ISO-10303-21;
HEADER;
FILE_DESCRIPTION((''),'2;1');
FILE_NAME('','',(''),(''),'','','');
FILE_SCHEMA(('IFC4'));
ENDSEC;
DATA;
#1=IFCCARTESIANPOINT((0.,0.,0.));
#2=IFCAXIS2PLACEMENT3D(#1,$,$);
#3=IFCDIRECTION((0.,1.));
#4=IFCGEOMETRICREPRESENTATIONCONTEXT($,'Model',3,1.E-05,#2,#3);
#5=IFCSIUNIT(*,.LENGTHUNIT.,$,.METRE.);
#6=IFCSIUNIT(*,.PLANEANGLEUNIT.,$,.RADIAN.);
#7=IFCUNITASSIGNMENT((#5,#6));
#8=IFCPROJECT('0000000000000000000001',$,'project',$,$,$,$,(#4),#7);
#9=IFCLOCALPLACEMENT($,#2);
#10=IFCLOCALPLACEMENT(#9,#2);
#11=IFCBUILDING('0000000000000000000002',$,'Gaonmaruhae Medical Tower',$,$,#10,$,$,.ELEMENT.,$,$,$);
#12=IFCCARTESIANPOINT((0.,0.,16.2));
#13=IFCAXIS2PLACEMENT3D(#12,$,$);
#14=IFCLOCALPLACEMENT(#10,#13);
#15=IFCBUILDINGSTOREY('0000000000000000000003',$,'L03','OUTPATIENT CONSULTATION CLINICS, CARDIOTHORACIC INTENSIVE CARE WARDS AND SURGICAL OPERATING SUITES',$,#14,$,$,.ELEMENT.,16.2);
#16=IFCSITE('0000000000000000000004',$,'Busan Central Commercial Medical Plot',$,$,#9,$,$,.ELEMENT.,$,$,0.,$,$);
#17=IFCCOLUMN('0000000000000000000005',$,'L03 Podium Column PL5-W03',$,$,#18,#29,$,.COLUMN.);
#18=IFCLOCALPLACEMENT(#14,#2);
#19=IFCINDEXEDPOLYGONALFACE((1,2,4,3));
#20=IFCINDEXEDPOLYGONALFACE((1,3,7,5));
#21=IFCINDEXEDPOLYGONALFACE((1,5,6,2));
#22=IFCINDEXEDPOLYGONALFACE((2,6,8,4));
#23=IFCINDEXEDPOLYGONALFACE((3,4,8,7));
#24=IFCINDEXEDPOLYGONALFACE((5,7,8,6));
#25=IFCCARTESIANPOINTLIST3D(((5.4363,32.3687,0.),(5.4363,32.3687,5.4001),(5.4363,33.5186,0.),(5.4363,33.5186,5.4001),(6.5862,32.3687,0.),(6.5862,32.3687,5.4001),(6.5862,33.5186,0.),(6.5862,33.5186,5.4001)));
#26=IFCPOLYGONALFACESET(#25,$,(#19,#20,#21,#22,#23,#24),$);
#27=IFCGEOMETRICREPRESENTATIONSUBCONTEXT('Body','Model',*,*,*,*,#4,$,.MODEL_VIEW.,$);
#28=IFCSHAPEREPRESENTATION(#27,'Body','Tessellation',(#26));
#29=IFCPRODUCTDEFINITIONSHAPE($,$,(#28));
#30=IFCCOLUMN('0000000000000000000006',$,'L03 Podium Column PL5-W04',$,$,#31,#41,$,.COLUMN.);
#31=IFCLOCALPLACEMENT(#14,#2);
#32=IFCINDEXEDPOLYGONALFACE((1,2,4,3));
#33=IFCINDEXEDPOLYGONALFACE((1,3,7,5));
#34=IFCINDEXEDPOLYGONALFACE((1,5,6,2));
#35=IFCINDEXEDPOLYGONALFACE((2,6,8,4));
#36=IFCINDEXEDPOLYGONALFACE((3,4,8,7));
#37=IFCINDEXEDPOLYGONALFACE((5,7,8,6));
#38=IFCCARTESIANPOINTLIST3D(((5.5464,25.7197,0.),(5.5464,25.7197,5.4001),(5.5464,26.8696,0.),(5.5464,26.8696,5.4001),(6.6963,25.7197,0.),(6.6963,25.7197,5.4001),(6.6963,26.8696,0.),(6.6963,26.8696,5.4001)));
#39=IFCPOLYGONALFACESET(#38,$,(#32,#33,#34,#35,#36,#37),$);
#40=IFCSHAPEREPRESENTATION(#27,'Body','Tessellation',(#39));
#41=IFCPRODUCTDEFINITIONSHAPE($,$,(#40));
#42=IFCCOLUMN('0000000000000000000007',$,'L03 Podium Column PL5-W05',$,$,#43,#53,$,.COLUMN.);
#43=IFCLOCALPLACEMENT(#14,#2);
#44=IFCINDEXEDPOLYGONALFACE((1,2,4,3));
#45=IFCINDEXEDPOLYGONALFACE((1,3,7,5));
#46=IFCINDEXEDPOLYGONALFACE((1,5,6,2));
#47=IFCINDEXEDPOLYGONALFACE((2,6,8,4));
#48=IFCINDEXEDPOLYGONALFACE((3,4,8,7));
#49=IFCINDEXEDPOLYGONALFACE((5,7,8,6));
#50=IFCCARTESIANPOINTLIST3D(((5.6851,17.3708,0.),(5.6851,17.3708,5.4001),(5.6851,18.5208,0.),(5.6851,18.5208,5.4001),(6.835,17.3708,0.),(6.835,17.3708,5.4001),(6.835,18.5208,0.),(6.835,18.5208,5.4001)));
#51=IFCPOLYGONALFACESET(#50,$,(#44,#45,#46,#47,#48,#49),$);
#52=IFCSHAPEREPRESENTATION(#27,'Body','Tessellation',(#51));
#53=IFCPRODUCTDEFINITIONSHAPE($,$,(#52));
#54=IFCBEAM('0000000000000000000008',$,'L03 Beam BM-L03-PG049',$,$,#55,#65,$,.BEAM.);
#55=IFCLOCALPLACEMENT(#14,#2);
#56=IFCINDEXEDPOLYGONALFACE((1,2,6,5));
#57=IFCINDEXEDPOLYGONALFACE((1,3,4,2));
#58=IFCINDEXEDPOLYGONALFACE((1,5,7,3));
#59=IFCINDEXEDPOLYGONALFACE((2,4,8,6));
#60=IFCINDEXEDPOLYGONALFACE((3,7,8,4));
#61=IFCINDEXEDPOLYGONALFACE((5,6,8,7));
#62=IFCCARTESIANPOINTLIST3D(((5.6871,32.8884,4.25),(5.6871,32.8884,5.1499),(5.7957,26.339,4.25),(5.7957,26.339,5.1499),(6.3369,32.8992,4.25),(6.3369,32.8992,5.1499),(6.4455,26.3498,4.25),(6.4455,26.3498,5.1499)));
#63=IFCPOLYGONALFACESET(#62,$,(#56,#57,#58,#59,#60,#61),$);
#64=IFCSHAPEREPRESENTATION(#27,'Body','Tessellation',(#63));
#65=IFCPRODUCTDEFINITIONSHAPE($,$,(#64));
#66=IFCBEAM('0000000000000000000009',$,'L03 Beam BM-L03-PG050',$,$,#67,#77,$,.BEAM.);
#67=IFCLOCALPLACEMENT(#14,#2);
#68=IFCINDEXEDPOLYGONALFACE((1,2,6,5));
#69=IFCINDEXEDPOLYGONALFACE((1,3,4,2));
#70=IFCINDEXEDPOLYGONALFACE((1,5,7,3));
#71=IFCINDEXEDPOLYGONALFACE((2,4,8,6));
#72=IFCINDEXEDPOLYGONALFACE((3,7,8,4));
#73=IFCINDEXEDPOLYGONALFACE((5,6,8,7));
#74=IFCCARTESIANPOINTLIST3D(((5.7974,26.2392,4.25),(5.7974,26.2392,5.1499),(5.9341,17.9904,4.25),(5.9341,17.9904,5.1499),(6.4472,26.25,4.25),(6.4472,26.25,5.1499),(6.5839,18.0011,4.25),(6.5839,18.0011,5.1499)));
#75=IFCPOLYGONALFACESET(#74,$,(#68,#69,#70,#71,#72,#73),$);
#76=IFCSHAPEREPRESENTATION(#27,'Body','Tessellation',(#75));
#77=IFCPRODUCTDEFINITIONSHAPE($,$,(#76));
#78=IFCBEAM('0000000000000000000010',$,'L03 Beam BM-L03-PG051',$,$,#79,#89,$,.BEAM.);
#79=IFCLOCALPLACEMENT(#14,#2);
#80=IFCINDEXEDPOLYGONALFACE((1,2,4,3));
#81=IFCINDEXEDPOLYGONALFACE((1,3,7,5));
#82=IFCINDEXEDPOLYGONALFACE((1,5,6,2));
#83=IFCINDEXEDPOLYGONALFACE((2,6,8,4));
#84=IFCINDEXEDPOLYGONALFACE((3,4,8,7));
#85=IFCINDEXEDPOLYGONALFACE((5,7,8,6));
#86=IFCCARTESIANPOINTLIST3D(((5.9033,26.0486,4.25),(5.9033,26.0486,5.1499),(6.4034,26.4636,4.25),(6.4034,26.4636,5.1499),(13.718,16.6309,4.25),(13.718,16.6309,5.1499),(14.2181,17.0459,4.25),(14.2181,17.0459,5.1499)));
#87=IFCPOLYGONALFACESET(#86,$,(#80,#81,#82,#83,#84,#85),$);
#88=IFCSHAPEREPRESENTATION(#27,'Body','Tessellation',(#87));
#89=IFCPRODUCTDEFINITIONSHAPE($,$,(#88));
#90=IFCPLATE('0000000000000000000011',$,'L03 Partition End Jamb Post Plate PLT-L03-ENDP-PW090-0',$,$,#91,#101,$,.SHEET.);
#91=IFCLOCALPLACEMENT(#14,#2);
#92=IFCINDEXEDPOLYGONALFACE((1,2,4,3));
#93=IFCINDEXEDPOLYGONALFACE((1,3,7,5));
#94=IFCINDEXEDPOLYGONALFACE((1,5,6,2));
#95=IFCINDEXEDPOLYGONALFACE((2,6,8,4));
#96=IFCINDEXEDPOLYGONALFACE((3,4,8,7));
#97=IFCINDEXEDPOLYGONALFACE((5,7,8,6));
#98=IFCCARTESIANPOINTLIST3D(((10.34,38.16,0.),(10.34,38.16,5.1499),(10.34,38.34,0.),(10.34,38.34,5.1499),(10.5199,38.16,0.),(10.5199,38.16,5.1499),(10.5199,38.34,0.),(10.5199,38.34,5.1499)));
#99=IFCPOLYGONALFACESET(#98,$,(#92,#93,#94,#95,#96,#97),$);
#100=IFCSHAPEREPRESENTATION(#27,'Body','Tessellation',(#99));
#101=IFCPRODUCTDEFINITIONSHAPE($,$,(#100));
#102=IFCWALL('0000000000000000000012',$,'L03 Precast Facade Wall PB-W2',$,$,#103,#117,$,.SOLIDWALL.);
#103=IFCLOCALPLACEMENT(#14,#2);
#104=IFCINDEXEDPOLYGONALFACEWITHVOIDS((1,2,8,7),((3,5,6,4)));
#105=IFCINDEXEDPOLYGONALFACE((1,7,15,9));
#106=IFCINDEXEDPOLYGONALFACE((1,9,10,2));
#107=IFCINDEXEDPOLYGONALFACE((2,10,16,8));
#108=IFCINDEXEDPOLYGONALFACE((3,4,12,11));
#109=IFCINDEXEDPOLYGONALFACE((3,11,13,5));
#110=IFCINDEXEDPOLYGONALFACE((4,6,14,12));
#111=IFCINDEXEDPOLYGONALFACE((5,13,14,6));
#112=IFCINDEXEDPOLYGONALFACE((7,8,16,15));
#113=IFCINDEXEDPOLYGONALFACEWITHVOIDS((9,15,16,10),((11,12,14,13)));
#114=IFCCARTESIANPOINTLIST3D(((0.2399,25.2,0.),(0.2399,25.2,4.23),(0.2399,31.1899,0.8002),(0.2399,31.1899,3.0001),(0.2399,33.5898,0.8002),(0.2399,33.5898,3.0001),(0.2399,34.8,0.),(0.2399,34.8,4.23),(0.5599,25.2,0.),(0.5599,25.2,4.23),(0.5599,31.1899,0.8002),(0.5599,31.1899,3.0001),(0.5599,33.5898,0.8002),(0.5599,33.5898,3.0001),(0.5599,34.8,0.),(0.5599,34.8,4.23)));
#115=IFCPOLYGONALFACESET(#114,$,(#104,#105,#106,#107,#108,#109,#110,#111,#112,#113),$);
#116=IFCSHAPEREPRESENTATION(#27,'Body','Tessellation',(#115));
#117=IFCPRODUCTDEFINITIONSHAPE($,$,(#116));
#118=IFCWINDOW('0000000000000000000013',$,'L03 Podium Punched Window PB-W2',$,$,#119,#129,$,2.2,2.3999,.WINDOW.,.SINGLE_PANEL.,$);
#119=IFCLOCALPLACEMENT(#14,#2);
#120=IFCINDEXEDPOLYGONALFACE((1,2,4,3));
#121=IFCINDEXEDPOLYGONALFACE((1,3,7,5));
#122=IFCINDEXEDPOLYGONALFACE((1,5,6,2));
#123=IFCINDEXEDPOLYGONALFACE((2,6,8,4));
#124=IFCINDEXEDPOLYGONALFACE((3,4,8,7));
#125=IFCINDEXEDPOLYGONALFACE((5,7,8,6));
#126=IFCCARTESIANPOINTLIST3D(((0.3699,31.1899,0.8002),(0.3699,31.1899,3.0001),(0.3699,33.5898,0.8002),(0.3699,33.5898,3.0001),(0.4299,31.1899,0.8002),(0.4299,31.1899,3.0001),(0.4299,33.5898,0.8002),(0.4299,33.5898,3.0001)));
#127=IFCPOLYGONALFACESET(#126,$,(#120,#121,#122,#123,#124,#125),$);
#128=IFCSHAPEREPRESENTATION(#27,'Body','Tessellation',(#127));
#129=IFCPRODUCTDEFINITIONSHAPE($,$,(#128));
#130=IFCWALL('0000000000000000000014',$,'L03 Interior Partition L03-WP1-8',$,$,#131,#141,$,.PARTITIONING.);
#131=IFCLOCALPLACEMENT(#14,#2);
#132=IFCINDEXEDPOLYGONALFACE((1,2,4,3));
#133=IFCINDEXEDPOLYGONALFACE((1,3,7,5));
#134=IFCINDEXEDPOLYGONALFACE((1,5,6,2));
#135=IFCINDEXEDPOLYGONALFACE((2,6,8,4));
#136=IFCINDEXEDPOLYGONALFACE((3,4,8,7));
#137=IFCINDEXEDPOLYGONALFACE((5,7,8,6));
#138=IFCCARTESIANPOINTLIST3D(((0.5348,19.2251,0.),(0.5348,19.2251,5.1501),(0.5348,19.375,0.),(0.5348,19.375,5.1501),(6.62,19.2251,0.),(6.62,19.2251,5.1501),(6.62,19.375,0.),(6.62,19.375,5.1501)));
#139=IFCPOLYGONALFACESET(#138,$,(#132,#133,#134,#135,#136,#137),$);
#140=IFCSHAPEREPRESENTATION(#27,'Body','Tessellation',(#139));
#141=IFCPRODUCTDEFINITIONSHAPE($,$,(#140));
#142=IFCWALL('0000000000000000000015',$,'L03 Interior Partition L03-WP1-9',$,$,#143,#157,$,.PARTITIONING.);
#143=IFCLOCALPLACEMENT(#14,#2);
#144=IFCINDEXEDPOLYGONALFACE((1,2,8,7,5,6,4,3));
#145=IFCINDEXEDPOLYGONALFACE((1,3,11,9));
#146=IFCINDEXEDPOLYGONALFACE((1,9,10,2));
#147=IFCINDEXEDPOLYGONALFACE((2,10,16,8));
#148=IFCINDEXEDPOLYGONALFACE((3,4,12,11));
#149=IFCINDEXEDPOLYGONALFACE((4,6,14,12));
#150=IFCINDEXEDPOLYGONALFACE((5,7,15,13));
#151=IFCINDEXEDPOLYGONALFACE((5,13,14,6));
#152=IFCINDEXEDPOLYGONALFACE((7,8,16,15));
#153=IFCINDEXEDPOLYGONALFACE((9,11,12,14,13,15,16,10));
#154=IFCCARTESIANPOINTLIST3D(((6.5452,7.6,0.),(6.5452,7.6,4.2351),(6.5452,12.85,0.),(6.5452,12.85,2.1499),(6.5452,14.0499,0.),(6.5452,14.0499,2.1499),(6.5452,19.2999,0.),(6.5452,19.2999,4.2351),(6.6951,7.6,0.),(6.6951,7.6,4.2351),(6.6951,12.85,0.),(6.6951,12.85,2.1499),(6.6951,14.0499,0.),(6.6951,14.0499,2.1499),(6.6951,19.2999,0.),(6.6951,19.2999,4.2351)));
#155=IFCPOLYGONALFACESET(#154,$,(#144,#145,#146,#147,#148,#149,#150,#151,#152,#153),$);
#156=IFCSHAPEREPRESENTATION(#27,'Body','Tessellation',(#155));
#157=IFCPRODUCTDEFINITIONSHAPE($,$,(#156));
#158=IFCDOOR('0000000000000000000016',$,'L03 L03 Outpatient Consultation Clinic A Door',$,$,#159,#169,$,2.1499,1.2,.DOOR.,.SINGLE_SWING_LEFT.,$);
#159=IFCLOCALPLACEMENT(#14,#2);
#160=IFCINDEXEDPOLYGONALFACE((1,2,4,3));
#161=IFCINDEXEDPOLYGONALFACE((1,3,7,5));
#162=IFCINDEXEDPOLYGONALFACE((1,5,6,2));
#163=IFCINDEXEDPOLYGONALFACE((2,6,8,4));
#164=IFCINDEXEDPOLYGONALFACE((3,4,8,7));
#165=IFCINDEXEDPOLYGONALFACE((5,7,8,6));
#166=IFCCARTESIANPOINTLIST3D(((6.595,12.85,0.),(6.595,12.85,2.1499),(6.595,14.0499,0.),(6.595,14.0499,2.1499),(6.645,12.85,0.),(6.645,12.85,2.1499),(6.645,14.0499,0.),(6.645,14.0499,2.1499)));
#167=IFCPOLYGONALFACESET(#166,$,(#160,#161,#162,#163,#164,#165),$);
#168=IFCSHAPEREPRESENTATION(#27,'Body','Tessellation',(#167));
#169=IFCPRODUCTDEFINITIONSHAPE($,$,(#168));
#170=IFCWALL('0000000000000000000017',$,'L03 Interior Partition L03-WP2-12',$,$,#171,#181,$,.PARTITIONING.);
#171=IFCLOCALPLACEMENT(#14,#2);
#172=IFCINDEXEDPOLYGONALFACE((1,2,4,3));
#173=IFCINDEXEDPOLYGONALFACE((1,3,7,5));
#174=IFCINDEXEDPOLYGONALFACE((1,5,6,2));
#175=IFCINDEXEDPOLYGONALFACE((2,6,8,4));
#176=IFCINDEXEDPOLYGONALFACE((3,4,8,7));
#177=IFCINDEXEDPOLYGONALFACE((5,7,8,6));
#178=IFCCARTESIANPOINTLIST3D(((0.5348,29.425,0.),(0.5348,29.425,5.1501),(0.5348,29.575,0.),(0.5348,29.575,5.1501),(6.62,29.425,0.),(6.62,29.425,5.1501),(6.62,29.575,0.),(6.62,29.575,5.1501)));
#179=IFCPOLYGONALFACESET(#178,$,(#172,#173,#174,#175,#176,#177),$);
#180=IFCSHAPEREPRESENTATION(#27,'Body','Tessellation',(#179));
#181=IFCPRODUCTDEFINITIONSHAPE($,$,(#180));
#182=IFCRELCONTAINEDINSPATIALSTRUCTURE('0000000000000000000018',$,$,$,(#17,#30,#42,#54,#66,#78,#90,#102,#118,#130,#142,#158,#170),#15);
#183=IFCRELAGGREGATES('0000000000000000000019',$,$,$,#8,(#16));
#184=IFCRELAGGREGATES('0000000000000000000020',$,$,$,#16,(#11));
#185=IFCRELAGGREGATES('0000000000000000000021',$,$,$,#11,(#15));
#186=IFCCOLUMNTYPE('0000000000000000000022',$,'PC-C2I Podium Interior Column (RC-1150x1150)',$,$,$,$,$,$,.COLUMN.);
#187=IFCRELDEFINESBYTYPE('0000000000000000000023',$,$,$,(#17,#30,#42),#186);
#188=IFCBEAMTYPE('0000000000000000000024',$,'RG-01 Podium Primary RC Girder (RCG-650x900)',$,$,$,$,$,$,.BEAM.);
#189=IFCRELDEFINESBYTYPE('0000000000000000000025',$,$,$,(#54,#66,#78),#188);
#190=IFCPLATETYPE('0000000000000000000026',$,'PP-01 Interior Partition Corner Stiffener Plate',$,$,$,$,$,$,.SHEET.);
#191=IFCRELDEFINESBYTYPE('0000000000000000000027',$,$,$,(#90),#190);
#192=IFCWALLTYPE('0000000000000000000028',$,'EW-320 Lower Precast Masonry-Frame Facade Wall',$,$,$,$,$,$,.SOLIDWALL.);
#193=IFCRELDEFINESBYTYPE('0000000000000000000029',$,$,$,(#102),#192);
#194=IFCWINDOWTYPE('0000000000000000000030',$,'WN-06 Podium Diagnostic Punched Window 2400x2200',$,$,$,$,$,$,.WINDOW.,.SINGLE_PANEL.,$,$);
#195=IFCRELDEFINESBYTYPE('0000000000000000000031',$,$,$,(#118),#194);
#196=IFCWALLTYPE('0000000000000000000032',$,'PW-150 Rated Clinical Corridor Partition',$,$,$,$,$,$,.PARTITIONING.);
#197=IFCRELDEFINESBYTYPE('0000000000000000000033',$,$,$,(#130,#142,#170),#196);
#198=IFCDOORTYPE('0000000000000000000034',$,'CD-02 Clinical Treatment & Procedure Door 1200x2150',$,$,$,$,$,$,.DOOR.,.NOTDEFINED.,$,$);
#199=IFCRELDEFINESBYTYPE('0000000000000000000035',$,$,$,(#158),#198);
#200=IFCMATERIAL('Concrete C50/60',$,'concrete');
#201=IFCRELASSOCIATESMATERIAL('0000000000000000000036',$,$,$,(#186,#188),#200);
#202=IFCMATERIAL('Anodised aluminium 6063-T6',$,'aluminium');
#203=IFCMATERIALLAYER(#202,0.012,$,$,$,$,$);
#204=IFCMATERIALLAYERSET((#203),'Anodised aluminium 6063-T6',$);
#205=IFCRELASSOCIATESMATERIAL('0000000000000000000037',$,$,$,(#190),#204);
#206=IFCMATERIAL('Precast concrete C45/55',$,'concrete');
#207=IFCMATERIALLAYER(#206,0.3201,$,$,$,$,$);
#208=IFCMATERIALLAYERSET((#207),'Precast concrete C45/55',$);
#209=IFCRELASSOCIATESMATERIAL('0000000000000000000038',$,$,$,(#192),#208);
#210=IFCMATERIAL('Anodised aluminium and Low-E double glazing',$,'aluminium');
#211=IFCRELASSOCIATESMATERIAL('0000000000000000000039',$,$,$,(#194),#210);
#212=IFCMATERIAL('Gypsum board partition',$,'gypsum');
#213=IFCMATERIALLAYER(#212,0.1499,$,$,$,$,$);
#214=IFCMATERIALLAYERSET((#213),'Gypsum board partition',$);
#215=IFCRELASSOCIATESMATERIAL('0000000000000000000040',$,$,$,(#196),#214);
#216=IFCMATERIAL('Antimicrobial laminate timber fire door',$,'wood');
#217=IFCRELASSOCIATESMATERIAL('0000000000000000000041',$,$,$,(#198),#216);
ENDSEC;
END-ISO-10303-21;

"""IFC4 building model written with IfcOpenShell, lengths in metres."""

from ifc_helpers import new_model, si_unit, direction, frame, frame_2d, origin, origin_2d, place, context, subcontext, project, spatial, rectangle, extrude, material, layer, layer_set, material_profile, profile_set, type_object, element, fill, save


model = new_model("IFC4")

# Units and contexts
model_context = context("Model", 3, precision=1e-05, world=origin(), true_north=direction((0.0, 1.0)))
body_context = subcontext(model_context, "Body", "Model", "MODEL_VIEW")
ifc_project = project(units=[si_unit("LENGTHUNIT", "METRE"), si_unit("PLANEANGLEUNIT", "RADIAN")], contexts=[model_context])

# Site, building, storey
site_placement = place(None, origin())
site = spatial("IfcSite", under=ifc_project, at=site_placement, Name="Busan Central Commercial Medical Plot", CompositionType="ELEMENT", RefElevation=0.0)
building_placement = place(site_placement, origin())
building = spatial("IfcBuilding", under=site, at=building_placement, Name="Gaonmaruhae Medical Tower", CompositionType="ELEMENT")
storey_placement = place(building_placement, frame((0.0, 0.0, 16.2)))
storey = spatial("IfcBuildingStorey", under=building, at=storey_placement, Name="L03", Description="OUTPATIENT CONSULTATION CLINICS, CARDIOTHORACIC INTENSIVE CARE WARDS AND SURGICAL OPERATING SUITES", CompositionType="ELEMENT", Elevation=16.2)

# Columns
ifc_material_1 = material(Name="Concrete C50/60", Category="concrete")
ifc_material_profile_1 = material_profile(ifc_material_1, rectangle(XDim=1.1499, YDim=1.1499, at=origin_2d()), Name="RC-1150x1150")
ifc_profile_set_1 = profile_set([ifc_material_profile_1], Name="Concrete C50/60")
column_type = type_object("IfcColumnType", Name="PC-C2I Podium Interior Column (RC-1150x1150)", PredefinedType="COLUMN", material=ifc_profile_set_1)
for number, where, z_axis, x_axis, name in (
    (1, (6.0112, 32.9436, 0.0), (0.0, 0.0, 1.0), (1.0, 0.0, 0.0), "L03 Podium Column PL5-W03"),
    (2, (6.1213, 26.2947, 0.0), (0.0, 0.0, 1.0), (1.0, 0.0, 0.0), "L03 Podium Column PL5-W04"),
    (3, (6.26, 17.9458, 0.0), (0.0, 0.0, 1.0), (1.0, 0.0, 0.0), "L03 Podium Column PL5-W05"),
):
    element("IfcColumn", number, at=place(storey_placement, frame(where, z_axis=z_axis, x_axis=x_axis)), inside=storey, type_object=column_type, Name=name, PredefinedType="COLUMN", context=body_context, shape_type="SweptSolid", body=[
        extrude(rectangle(XDim=1.1499, YDim=1.1499, at=origin_2d()), origin(), (0.0, 0.0, 1.0), 5.4001),
    ])

# Beams
ifc_material_profile_2 = material_profile(ifc_material_1, rectangle(XDim=0.6499, YDim=0.8999, at=origin_2d()), Name="RCG-650x900")
ifc_profile_set_2 = profile_set([ifc_material_profile_2], Name="Concrete C50/60")
beam_type = type_object("IfcBeamType", Name="RG-01 Podium Primary RC Girder (RCG-650x900)", PredefinedType="BEAM", material=ifc_profile_set_2)
beam_1_placement = place(storey_placement, frame((6.012, 32.8938, 4.7), z_axis=(0.016586, -0.999862, 0.0), x_axis=(0.999862, 0.016586, 0.0)))
element("IfcBeam", 4, at=beam_1_placement, inside=storey, type_object=beam_type, Name="L03 Beam BM-L03-PG049", PredefinedType="BEAM", context=body_context, shape_type="SweptSolid", body=[
    extrude(rectangle(XDim=0.6499, YDim=0.8999, at=origin_2d()), origin(), (0.0, 0.0, 1.0), 6.5503),
])
beam_2_placement = place(storey_placement, frame((6.1223, 26.2446, 4.7), z_axis=(0.016572, -0.999863, 0.0), x_axis=(0.999863, 0.016572, 0.0)))
element("IfcBeam", 5, at=beam_2_placement, inside=storey, type_object=beam_type, Name="L03 Beam BM-L03-PG050", PredefinedType="BEAM", context=body_context, shape_type="SweptSolid", body=[
    extrude(rectangle(XDim=0.6499, YDim=0.8999, at=origin_2d()), origin(), (0.0, 0.0, 1.0), 8.25),
])
beam_3_placement = place(storey_placement, frame((6.1533, 26.2561, 4.7), z_axis=(0.638572, -0.769562, 0.0), x_axis=(0.769562, 0.638572, 0.0)))
element("IfcBeam", 6, at=beam_3_placement, inside=storey, type_object=beam_type, Name="L03 Beam BM-L03-PG051", PredefinedType="BEAM", context=body_context, shape_type="SweptSolid", body=[
    extrude(rectangle(XDim=0.6499, YDim=0.8999, at=origin_2d()), origin(), (0.0, 0.0, 1.0), 12.2378),
])

# Plate
ifc_material_2 = material(Name="Anodised aluminium 6063-T6", Category="aluminium")
ifc_layer_1 = layer(ifc_material_2, 0.012)
ifc_layer_set_1 = layer_set([ifc_layer_1], Name="Anodised aluminium 6063-T6")
plate_type = type_object("IfcPlateType", Name="PP-01 Interior Partition Corner Stiffener Plate", PredefinedType="SHEET", material=ifc_layer_set_1)
plate_placement = place(storey_placement, frame((10.4299, 38.25, 0.0), z_axis=(0.0, 0.0, 1.0), x_axis=(-1.0, 0.0, 0.0)))
element("IfcPlate", 7, at=plate_placement, inside=storey, type_object=plate_type, Name="L03 Partition End Jamb Post Plate PLT-L03-ENDP-PW090-0", PredefinedType="SHEET", context=body_context, shape_type="SweptSolid", body=[
    extrude(rectangle(XDim=0.1799, YDim=0.1799, at=origin_2d()), origin(), (0.0, 0.0, 1.0), 5.1499),
])

# Wall, opening, window
ifc_material_3 = material(Name="Precast concrete C45/55", Category="concrete")
ifc_layer_2 = layer(ifc_material_3, 0.3201)
ifc_layer_set_2 = layer_set([ifc_layer_2], Name="Precast concrete C45/55")
wall_type_1 = type_object("IfcWallType", Name="EW-320 Lower Precast Masonry-Frame Facade Wall", PredefinedType="SOLIDWALL", material=ifc_layer_set_2)
wall_1_placement = place(storey_placement, frame((0.3999, 25.2, 0.0), z_axis=(0.0, 0.0, 1.0), x_axis=(0.0, 1.0, 0.0)))
wall_1 = element("IfcWall", 8, at=wall_1_placement, inside=storey, type_object=wall_type_1, Name="L03 Precast Facade Wall PB-W2", PredefinedType="SOLIDWALL", context=body_context, shape_type="SweptSolid", body=[
    extrude(rectangle(XDim=9.6001, YDim=0.3201, at=frame_2d((4.8, 0.0))), origin(), (0.0, 0.0, 1.0), 4.23),
])
opening_1_placement = place(wall_1_placement, frame((5.99, 0.0, 0.8)))
opening_1 = element("IfcOpeningElement", 9, at=opening_1_placement, cuts=wall_1, PredefinedType="OPENING", context=body_context, shape_type="SweptSolid", body=[
    extrude(rectangle(XDim=2.3999, YDim=2.2, at=frame_2d((1.2, 1.1001))), frame((0.0, 0.1699, 0.0), z_axis=(0.0, -1.0, 0.0), x_axis=(1.0, 0.0, 0.0)), (0.0, 0.0, 1.0), 0.3401),
])
ifc_material_4 = material(Name="Anodised aluminium and Low-E double glazing", Category="aluminium")
window_type = type_object("IfcWindowType", Name="WN-06 Podium Diagnostic Punched Window 2400x2200", PartitioningType="SINGLE_PANEL", PredefinedType="WINDOW", material=ifc_material_4)
window_placement = place(opening_1_placement, origin())
window = element("IfcWindow", 10, at=window_placement, inside=storey, type_object=window_type, Name="L03 Podium Punched Window PB-W2", OverallHeight=2.2, OverallWidth=2.3999, PartitioningType="SINGLE_PANEL", PredefinedType="WINDOW", context=body_context, shape_type="SweptSolid", body=[
    extrude(rectangle(XDim=2.3999, YDim=2.2, at=frame_2d((1.2, 1.1001))), frame((0.0, 0.03, 0.0), z_axis=(0.0, -1.0, 0.0), x_axis=(1.0, 0.0, 0.0)), (0.0, 0.0, 1.0), 0.0601),
])
fill(opening_1, window)

# Wall
ifc_material_5 = material(Name="Gypsum board partition", Category="gypsum")
ifc_layer_3 = layer(ifc_material_5, 0.1499)
ifc_layer_set_3 = layer_set([ifc_layer_3], Name="Gypsum board partition")
wall_type_2 = type_object("IfcWallType", Name="PW-150 Rated Clinical Corridor Partition", PredefinedType="PARTITIONING", material=ifc_layer_set_3)
wall_2_placement = place(storey_placement, frame((0.5349, 19.3, 0.0), z_axis=(0.0, 0.0, 1.0), x_axis=(1.0, 0.0, 0.0)))
element("IfcWall", 11, at=wall_2_placement, inside=storey, type_object=wall_type_2, Name="L03 Interior Partition L03-WP1-8", PredefinedType="PARTITIONING", context=body_context, shape_type="SweptSolid", body=[
    extrude(rectangle(XDim=6.0852, YDim=0.1499, at=frame_2d((3.0425, 0.0))), origin(), (0.0, 0.0, 1.0), 5.1501),
])

# Wall, opening, door
wall_3_placement = place(storey_placement, frame((6.6201, 19.3, 0.0), z_axis=(0.0, 0.0, 1.0), x_axis=(0.0, -1.0, 0.0)))
wall_3 = element("IfcWall", 12, at=wall_3_placement, inside=storey, type_object=wall_type_2, Name="L03 Interior Partition L03-WP1-9", PredefinedType="PARTITIONING", context=body_context, shape_type="SweptSolid", body=[
    extrude(rectangle(XDim=11.7, YDim=0.1499, at=frame_2d((5.8501, 0.0))), origin(), (0.0, 0.0, 1.0), 4.2351),
])
opening_2_placement = place(wall_3_placement, frame((5.25, 0.0, 0.0)))
opening_2 = element("IfcOpeningElement", 13, at=opening_2_placement, cuts=wall_3, PredefinedType="OPENING", context=body_context, shape_type="SweptSolid", body=[
    extrude(rectangle(XDim=1.2, YDim=2.1499, at=frame_2d((0.6001, 1.075))), frame((0.0, 0.085, 0.0), z_axis=(0.0, -1.0, 0.0), x_axis=(1.0, 0.0, 0.0)), (0.0, 0.0, 1.0), 0.1699),
])
ifc_material_6 = material(Name="Antimicrobial laminate timber fire door", Category="wood")
door_type_1 = type_object("IfcDoorType", Name="CD-02 Clinical Treatment & Procedure Door 1200x2150", OperationType="NOTDEFINED", PredefinedType="DOOR", material=ifc_material_6)
door_1_placement = place(opening_2_placement, origin())
door_1 = element("IfcDoor", 14, at=door_1_placement, inside=storey, type_object=door_type_1, Name="L03 L03 Outpatient Consultation Clinic A Door", OperationType="SINGLE_SWING_LEFT", OverallHeight=2.1499, OverallWidth=1.2, PredefinedType="DOOR", context=body_context, shape_type="SweptSolid", body=[
    extrude(rectangle(XDim=1.2, YDim=2.1499, at=frame_2d((0.6001, 1.075))), frame((0.0, 0.0249, 0.0), z_axis=(0.0, -1.0, 0.0), x_axis=(1.0, 0.0, 0.0)), (0.0, 0.0, 1.0), 0.05),
])
fill(opening_2, door_1)

# Wall
wall_4_placement = place(storey_placement, frame((0.5349, 29.5, 0.0), z_axis=(0.0, 0.0, 1.0), x_axis=(1.0, 0.0, 0.0)))
element("IfcWall", 15, at=wall_4_placement, inside=storey, type_object=wall_type_2, Name="L03 Interior Partition L03-WP2-12", PredefinedType="PARTITIONING", context=body_context, shape_type="SweptSolid", body=[
    extrude(rectangle(XDim=6.0852, YDim=0.1499, at=frame_2d((3.0425, 0.0))), origin(), (0.0, 0.0, 1.0), 5.1501),
])

save(model, "model.ifc")
